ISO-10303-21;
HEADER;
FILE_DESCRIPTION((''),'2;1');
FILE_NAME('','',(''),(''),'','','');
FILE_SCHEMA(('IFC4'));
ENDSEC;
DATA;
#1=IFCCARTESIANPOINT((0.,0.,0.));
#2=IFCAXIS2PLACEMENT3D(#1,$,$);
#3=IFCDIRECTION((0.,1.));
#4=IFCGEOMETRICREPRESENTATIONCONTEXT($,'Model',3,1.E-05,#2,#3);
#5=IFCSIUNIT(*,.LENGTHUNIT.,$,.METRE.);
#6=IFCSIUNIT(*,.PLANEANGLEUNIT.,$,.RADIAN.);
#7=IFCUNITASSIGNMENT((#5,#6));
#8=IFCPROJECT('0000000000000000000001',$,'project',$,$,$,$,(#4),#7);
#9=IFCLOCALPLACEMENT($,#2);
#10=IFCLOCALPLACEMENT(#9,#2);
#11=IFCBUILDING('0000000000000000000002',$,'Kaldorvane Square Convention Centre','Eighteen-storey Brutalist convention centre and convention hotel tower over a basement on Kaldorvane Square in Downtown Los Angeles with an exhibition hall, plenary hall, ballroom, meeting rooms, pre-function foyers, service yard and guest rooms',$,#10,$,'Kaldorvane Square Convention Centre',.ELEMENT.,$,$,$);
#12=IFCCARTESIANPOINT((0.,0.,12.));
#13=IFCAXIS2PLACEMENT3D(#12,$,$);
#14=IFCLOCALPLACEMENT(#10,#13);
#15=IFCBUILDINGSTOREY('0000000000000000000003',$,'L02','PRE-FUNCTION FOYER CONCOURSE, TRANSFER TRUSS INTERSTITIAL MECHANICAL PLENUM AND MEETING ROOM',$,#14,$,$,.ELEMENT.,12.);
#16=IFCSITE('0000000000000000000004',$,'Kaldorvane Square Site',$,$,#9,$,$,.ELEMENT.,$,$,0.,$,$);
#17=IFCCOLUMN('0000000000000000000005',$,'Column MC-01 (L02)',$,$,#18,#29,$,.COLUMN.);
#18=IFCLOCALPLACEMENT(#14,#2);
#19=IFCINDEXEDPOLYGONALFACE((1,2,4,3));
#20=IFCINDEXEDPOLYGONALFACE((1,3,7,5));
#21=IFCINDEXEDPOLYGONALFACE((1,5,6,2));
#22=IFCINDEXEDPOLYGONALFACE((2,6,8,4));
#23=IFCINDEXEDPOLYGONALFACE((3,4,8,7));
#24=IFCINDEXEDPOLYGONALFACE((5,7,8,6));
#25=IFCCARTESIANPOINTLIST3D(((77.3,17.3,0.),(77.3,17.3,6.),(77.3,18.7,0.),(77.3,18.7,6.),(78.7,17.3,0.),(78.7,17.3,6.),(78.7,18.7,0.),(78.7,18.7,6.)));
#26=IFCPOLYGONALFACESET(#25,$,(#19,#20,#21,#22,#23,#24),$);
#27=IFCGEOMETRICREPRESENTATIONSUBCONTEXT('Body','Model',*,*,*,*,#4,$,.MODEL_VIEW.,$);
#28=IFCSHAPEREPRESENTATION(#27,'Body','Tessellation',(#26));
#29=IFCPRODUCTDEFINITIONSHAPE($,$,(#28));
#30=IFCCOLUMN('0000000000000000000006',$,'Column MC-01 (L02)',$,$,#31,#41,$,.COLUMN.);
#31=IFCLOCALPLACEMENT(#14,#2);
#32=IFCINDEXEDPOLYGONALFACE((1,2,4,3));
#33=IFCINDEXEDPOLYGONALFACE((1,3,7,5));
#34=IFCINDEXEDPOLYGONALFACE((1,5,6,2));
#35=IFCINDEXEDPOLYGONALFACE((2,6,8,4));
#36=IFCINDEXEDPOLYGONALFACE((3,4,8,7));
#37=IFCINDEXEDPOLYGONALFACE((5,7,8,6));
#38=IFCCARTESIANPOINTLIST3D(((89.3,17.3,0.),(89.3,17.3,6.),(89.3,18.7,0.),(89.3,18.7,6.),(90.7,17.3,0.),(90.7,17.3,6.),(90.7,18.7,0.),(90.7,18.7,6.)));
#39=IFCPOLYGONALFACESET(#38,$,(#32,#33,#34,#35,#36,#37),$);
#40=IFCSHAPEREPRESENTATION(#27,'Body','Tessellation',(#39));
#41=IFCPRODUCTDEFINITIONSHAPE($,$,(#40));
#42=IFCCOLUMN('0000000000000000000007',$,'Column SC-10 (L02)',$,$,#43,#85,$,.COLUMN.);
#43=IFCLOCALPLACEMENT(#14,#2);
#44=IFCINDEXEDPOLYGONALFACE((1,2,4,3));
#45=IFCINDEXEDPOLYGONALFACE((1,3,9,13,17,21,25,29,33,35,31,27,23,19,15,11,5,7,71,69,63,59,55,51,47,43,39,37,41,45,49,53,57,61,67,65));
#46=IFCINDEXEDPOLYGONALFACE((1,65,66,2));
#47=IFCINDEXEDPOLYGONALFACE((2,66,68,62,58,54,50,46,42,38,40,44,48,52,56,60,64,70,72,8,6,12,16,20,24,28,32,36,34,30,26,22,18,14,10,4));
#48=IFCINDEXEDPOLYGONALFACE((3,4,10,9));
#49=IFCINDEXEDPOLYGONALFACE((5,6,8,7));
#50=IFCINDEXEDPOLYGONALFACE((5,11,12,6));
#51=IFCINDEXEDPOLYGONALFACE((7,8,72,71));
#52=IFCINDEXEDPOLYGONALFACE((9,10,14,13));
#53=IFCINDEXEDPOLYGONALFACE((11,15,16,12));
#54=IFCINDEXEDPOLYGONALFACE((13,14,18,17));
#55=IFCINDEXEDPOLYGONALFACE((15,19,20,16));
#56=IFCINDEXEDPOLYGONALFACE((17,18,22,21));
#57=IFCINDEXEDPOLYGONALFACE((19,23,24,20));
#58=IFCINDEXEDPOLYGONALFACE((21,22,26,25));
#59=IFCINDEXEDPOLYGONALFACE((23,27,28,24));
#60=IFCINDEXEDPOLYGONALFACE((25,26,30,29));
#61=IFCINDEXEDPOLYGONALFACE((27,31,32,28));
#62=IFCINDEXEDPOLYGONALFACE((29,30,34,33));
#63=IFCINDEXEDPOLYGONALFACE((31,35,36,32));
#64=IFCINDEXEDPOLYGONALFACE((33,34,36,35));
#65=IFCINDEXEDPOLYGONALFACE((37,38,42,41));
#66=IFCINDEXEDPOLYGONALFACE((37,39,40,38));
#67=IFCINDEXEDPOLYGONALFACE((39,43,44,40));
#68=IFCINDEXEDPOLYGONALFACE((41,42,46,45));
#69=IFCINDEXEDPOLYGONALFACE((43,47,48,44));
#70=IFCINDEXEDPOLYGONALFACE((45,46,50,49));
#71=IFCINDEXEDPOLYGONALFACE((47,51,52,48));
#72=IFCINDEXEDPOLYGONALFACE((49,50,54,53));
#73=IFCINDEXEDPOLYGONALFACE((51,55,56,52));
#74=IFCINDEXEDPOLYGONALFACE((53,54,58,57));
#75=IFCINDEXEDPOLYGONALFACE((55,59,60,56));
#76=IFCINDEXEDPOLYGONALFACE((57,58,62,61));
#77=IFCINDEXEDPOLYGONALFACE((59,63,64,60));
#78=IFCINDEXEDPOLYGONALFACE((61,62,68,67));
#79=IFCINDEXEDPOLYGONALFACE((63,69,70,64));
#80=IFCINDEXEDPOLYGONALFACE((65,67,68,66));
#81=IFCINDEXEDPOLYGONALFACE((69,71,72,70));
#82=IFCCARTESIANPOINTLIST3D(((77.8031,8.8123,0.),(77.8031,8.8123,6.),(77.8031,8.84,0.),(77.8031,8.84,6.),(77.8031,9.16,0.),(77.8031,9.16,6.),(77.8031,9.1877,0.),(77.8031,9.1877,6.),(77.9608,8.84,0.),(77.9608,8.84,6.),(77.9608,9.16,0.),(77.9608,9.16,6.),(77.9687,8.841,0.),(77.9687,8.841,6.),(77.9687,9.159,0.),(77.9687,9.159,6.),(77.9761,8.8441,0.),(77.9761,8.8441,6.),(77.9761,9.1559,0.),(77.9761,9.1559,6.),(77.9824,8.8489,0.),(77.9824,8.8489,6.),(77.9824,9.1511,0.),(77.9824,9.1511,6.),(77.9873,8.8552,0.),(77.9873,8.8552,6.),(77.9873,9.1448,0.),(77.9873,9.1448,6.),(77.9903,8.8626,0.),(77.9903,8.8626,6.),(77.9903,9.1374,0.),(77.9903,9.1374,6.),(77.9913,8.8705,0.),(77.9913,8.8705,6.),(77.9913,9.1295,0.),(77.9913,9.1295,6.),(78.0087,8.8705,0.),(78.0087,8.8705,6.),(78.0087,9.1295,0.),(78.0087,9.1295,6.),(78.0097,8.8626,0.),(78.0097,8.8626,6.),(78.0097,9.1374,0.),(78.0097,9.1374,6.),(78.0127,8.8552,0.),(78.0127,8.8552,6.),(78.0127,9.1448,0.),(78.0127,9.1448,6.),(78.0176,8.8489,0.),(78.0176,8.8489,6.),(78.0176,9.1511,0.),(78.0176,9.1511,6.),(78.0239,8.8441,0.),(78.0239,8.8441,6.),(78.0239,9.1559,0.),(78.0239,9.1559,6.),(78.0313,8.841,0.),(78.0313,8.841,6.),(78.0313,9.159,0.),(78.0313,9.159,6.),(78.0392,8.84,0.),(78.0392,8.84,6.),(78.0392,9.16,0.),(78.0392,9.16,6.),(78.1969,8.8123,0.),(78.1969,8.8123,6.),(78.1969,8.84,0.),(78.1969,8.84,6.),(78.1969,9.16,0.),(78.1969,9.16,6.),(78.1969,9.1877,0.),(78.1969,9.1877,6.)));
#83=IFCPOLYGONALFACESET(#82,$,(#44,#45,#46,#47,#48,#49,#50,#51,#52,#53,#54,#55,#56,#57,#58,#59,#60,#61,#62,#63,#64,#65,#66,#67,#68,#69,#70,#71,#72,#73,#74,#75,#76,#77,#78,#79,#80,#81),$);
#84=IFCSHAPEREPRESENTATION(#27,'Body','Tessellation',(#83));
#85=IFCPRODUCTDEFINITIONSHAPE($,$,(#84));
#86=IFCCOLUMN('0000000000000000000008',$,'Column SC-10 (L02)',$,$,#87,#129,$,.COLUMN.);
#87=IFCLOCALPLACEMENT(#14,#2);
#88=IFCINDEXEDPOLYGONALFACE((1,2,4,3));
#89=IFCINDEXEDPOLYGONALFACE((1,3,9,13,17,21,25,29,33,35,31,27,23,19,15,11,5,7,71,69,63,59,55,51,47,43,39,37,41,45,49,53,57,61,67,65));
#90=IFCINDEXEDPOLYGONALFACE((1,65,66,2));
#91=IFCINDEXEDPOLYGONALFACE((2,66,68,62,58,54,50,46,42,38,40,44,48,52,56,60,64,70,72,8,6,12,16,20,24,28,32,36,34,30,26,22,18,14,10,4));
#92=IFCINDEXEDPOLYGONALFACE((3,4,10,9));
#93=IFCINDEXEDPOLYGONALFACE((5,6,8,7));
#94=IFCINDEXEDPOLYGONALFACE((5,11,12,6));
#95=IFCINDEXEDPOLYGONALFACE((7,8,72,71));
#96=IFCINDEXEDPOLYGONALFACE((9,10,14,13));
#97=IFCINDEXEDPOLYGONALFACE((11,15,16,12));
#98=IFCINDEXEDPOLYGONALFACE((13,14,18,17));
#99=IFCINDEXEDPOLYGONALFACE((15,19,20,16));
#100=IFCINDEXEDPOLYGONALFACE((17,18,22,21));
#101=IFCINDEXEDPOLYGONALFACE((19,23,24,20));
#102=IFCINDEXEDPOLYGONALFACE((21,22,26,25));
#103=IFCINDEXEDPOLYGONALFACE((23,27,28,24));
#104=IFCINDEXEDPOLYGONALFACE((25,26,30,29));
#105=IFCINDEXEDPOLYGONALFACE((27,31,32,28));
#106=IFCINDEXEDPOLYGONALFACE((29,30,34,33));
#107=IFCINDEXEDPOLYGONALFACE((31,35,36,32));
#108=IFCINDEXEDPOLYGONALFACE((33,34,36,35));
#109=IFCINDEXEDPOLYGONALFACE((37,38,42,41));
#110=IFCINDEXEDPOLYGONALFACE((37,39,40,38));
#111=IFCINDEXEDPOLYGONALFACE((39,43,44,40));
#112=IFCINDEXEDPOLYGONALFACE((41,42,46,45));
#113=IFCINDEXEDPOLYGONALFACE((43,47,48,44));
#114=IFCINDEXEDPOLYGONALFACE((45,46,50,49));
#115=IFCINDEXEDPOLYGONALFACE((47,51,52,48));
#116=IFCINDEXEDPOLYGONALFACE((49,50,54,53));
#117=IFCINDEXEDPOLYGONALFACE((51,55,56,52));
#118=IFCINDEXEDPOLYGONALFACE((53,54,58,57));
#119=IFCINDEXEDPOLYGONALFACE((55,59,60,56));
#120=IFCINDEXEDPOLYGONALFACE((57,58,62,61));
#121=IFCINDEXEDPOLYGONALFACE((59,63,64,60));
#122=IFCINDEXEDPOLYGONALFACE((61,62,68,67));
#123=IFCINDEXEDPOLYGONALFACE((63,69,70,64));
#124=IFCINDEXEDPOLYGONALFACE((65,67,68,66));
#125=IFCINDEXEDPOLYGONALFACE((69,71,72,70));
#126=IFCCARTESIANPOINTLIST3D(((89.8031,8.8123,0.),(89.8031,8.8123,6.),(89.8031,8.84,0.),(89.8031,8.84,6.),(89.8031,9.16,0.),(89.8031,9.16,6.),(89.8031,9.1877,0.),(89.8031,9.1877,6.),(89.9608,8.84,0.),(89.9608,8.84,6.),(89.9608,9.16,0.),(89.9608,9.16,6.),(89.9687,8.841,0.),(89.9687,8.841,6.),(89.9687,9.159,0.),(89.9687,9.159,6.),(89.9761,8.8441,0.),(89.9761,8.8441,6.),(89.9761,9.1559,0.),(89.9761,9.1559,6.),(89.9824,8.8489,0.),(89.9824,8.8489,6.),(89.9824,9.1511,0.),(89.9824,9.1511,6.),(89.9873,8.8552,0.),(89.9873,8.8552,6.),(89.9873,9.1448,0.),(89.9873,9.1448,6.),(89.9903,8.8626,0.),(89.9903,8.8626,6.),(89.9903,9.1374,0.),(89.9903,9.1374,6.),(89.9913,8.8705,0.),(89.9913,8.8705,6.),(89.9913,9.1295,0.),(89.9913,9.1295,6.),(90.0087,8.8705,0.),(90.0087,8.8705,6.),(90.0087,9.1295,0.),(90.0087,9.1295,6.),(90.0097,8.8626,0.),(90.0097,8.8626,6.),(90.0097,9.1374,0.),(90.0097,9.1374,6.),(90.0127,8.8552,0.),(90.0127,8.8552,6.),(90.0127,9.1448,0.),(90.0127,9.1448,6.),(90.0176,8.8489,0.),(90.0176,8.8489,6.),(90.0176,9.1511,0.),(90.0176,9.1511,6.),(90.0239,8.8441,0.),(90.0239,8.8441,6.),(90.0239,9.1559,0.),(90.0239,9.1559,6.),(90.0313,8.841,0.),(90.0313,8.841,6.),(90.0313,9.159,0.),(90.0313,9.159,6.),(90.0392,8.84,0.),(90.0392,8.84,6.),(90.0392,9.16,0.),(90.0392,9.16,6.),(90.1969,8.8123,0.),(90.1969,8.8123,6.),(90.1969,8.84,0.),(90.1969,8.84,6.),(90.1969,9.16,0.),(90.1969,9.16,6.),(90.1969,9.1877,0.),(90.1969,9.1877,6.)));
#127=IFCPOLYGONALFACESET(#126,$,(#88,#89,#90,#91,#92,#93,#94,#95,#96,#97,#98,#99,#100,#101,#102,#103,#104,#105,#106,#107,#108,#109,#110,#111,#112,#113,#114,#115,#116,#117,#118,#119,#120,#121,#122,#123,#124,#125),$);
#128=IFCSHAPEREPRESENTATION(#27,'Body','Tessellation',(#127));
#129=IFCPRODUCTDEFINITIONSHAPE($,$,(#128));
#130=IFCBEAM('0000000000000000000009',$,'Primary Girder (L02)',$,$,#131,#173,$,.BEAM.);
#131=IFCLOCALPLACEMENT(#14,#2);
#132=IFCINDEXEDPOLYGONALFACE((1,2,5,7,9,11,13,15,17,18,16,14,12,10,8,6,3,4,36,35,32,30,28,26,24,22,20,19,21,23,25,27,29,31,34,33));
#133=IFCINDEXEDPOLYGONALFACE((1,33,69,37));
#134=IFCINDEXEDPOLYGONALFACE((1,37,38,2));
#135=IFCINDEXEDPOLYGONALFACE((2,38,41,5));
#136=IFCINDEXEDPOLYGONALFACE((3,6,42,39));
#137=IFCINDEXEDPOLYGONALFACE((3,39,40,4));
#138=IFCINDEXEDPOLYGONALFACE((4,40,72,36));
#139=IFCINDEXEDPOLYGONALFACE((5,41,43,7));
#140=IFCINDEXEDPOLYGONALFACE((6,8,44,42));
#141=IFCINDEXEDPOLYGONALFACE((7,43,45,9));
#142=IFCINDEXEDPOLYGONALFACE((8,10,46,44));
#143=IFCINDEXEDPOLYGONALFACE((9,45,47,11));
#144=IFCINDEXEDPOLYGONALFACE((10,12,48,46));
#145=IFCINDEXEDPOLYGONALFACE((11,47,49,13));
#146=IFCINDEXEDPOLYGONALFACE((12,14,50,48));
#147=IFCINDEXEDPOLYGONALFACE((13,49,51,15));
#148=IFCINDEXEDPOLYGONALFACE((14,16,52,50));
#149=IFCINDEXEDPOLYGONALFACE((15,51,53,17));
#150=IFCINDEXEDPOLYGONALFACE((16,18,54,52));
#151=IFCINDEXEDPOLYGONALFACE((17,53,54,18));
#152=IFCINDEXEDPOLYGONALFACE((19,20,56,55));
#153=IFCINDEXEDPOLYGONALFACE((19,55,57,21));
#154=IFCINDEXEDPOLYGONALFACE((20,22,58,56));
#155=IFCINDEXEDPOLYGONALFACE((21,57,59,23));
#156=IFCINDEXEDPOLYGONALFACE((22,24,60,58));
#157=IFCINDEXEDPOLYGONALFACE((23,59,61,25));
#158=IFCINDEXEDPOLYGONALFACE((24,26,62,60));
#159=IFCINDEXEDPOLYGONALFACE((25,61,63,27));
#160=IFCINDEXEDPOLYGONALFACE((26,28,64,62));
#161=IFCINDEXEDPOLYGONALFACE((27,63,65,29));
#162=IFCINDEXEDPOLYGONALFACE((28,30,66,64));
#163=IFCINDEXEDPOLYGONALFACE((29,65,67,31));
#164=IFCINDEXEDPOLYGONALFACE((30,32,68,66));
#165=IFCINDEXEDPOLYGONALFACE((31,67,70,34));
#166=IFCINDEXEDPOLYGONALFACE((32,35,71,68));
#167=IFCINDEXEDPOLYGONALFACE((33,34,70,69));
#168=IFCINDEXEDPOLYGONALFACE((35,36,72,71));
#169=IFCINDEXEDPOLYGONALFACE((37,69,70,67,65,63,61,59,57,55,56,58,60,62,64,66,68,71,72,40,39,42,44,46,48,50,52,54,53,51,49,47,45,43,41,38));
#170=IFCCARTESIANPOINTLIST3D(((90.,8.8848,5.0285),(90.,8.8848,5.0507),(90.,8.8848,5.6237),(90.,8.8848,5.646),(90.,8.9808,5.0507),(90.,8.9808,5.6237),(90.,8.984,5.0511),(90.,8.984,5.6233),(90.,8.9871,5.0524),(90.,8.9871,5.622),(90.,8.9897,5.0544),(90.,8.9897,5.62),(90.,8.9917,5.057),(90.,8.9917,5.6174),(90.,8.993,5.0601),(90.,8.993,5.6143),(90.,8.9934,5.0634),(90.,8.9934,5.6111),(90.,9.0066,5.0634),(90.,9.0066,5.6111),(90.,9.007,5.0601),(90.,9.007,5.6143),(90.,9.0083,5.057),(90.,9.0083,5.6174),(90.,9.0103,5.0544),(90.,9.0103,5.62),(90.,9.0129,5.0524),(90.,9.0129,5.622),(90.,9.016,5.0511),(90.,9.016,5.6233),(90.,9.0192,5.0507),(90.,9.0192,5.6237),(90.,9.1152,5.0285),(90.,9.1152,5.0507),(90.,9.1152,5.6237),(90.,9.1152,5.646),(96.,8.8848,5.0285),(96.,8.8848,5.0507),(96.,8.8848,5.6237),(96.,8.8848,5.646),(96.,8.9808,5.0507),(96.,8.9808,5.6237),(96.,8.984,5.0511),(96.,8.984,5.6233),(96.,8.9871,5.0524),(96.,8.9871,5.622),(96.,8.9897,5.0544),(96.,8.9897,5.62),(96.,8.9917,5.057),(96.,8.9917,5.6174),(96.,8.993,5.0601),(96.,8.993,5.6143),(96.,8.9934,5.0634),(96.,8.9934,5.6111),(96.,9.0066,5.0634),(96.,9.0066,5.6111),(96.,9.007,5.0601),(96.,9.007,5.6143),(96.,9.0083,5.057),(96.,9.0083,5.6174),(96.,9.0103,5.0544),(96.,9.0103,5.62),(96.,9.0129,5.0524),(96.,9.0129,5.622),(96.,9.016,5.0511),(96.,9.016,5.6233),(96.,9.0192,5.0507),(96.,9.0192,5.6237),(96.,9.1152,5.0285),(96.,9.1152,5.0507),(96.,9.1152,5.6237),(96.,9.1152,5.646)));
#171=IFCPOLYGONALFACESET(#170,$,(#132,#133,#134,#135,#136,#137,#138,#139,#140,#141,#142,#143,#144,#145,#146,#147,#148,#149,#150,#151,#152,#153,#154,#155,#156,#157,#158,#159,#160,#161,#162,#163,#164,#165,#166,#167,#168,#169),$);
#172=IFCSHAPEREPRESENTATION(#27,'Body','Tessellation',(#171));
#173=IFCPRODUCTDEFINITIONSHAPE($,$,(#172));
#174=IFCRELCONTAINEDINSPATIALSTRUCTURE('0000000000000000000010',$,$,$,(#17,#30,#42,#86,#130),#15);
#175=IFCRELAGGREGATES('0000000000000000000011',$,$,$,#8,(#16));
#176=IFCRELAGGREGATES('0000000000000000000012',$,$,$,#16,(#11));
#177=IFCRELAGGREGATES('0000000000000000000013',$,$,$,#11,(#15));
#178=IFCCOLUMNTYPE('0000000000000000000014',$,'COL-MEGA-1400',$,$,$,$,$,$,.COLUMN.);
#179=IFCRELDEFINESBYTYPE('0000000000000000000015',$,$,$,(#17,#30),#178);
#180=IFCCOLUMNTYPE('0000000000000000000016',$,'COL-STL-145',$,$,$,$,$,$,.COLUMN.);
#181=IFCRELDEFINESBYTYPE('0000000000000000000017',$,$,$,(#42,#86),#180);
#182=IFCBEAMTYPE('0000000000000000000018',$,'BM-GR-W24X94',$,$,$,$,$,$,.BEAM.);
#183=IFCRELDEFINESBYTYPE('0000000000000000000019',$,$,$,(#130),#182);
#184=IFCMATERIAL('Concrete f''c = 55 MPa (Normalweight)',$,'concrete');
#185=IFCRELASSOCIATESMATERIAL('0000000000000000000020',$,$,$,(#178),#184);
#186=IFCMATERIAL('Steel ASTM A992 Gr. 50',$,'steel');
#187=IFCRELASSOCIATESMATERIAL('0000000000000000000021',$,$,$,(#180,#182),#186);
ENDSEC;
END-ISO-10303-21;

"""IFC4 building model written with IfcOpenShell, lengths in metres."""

from ifc_helpers import new_model, si_unit, direction, frame, origin, origin_2d, place, context, subcontext, project, spatial, rectangle, i_section, extrude, material, material_profile, profile_set, type_object, element, save


model = new_model("IFC4")

# Units and contexts
model_context = context("Model", 3, precision=1e-05, world=origin(), true_north=direction((0.0, 1.0)))
body_context = subcontext(model_context, "Body", "Model", "MODEL_VIEW")
ifc_project = project(units=[si_unit("LENGTHUNIT", "METRE"), si_unit("PLANEANGLEUNIT", "RADIAN")], contexts=[model_context])

# Site, building, storey
site_placement = place(None, origin())
site = spatial("IfcSite", under=ifc_project, at=site_placement, Name="Kaldorvane Square Site", CompositionType="ELEMENT", RefElevation=0.0)
building_placement = place(site_placement, origin())
building = spatial("IfcBuilding", under=site, at=building_placement, Name="Kaldorvane Square Convention Centre", Description="Eighteen-storey Brutalist convention centre and convention hotel tower over a basement on Kaldorvane Square in Downtown Los Angeles with an exhibition hall, plenary hall, ballroom, meeting rooms, pre-function foyers, service yard and guest rooms", LongName="Kaldorvane Square Convention Centre", CompositionType="ELEMENT")
storey_placement = place(building_placement, frame((0.0, 0.0, 12.0)))
storey = spatial("IfcBuildingStorey", under=building, at=storey_placement, Name="L02", Description="PRE-FUNCTION FOYER CONCOURSE, TRANSFER TRUSS INTERSTITIAL MECHANICAL PLENUM AND MEETING ROOM", CompositionType="ELEMENT", Elevation=12.0)

# Columns
ifc_material_1 = material(Name="Concrete f'c = 55 MPa (Normalweight)", Category="concrete")
ifc_material_profile_1 = material_profile(ifc_material_1, rectangle(XDim=1.4, YDim=1.4, at=origin_2d()), Name="RC1400X1400")
ifc_profile_set_1 = profile_set([ifc_material_profile_1], Name="Concrete f'c = 55 MPa (Normalweight)")
column_type_1 = type_object("IfcColumnType", Name="COL-MEGA-1400", PredefinedType="COLUMN", material=ifc_profile_set_1)
for number, where, z_axis, x_axis, name in (
    (1, (78.0, 18.0, 0.0), (0.0, 0.0, 1.0), (1.0, 0.0, 0.0), "Column MC-01 (L02)"),
    (2, (90.0, 18.0, 0.0), (0.0, 0.0, 1.0), (1.0, 0.0, 0.0), "Column MC-01 (L02)"),
):
    element("IfcColumn", number, at=place(storey_placement, frame(where, z_axis=z_axis, x_axis=x_axis)), inside=storey, type_object=column_type_1, Name=name, PredefinedType="COLUMN", context=body_context, shape_type="SweptSolid", body=[
        extrude(rectangle(XDim=1.4, YDim=1.4, at=origin_2d()), origin(), (0.0, 0.0, 1.0), 6.0),
    ])
ifc_material_2 = material(Name="Steel ASTM A992 Gr. 50", Category="steel")
ifc_material_profile_2 = material_profile(ifc_material_2, i_section(OverallWidth=0.3937, OverallDepth=0.3754, WebThickness=0.0173, FlangeThickness=0.0277, FilletRadius=0.0305, at=origin_2d()), Name="W14X145")
ifc_profile_set_2 = profile_set([ifc_material_profile_2], Name="Steel ASTM A992 Gr. 50")
column_type_2 = type_object("IfcColumnType", Name="COL-STL-145", PredefinedType="COLUMN", material=ifc_profile_set_2)
for number, where, z_axis, x_axis, name in (
    (3, (78.0, 9.0, 0.0), (0.0, 0.0, 1.0), (1.0, 0.0, 0.0), "Column SC-10 (L02)"),
    (4, (90.0, 9.0, 0.0), (0.0, 0.0, 1.0), (1.0, 0.0, 0.0), "Column SC-10 (L02)"),
):
    element("IfcColumn", number, at=place(storey_placement, frame(where, z_axis=z_axis, x_axis=x_axis)), inside=storey, type_object=column_type_2, Name=name, PredefinedType="COLUMN", context=body_context, shape_type="SweptSolid", body=[
        extrude(i_section(OverallWidth=0.3937, OverallDepth=0.3754, WebThickness=0.0173, FlangeThickness=0.0277, FilletRadius=0.0305, at=origin_2d()), origin(), (0.0, 0.0, 1.0), 6.0),
    ])

# Beam
ifc_material_profile_3 = material_profile(ifc_material_2, i_section(OverallWidth=0.2303, OverallDepth=0.6175, WebThickness=0.0131, FlangeThickness=0.0222, FilletRadius=0.0127, at=origin_2d()), Name="W24X94")
ifc_profile_set_3 = profile_set([ifc_material_profile_3], Name="Steel ASTM A992 Gr. 50")
beam_type_1 = type_object("IfcBeamType", Name="BM-GR-W24X94", PredefinedType="BEAM", material=ifc_profile_set_3)
for number, where, z_axis, x_axis, name in (
    (5, (90.0, 9.0, 5.3372), (1.0, 0.0, 0.0), (0.0, 1.0, 0.0), "Primary Girder (L02)"),
):
    element("IfcBeam", number, at=place(storey_placement, frame(where, z_axis=z_axis, x_axis=x_axis)), inside=storey, type_object=beam_type_1, Name=name, PredefinedType="BEAM", context=body_context, shape_type="SweptSolid", body=[
        extrude(i_section(OverallWidth=0.2303, OverallDepth=0.6175, WebThickness=0.0131, FlangeThickness=0.0222, FilletRadius=0.0127, at=origin_2d()), origin(), (0.0, 0.0, 1.0), 6.0),
    ])

save(model, "model.ifc")
